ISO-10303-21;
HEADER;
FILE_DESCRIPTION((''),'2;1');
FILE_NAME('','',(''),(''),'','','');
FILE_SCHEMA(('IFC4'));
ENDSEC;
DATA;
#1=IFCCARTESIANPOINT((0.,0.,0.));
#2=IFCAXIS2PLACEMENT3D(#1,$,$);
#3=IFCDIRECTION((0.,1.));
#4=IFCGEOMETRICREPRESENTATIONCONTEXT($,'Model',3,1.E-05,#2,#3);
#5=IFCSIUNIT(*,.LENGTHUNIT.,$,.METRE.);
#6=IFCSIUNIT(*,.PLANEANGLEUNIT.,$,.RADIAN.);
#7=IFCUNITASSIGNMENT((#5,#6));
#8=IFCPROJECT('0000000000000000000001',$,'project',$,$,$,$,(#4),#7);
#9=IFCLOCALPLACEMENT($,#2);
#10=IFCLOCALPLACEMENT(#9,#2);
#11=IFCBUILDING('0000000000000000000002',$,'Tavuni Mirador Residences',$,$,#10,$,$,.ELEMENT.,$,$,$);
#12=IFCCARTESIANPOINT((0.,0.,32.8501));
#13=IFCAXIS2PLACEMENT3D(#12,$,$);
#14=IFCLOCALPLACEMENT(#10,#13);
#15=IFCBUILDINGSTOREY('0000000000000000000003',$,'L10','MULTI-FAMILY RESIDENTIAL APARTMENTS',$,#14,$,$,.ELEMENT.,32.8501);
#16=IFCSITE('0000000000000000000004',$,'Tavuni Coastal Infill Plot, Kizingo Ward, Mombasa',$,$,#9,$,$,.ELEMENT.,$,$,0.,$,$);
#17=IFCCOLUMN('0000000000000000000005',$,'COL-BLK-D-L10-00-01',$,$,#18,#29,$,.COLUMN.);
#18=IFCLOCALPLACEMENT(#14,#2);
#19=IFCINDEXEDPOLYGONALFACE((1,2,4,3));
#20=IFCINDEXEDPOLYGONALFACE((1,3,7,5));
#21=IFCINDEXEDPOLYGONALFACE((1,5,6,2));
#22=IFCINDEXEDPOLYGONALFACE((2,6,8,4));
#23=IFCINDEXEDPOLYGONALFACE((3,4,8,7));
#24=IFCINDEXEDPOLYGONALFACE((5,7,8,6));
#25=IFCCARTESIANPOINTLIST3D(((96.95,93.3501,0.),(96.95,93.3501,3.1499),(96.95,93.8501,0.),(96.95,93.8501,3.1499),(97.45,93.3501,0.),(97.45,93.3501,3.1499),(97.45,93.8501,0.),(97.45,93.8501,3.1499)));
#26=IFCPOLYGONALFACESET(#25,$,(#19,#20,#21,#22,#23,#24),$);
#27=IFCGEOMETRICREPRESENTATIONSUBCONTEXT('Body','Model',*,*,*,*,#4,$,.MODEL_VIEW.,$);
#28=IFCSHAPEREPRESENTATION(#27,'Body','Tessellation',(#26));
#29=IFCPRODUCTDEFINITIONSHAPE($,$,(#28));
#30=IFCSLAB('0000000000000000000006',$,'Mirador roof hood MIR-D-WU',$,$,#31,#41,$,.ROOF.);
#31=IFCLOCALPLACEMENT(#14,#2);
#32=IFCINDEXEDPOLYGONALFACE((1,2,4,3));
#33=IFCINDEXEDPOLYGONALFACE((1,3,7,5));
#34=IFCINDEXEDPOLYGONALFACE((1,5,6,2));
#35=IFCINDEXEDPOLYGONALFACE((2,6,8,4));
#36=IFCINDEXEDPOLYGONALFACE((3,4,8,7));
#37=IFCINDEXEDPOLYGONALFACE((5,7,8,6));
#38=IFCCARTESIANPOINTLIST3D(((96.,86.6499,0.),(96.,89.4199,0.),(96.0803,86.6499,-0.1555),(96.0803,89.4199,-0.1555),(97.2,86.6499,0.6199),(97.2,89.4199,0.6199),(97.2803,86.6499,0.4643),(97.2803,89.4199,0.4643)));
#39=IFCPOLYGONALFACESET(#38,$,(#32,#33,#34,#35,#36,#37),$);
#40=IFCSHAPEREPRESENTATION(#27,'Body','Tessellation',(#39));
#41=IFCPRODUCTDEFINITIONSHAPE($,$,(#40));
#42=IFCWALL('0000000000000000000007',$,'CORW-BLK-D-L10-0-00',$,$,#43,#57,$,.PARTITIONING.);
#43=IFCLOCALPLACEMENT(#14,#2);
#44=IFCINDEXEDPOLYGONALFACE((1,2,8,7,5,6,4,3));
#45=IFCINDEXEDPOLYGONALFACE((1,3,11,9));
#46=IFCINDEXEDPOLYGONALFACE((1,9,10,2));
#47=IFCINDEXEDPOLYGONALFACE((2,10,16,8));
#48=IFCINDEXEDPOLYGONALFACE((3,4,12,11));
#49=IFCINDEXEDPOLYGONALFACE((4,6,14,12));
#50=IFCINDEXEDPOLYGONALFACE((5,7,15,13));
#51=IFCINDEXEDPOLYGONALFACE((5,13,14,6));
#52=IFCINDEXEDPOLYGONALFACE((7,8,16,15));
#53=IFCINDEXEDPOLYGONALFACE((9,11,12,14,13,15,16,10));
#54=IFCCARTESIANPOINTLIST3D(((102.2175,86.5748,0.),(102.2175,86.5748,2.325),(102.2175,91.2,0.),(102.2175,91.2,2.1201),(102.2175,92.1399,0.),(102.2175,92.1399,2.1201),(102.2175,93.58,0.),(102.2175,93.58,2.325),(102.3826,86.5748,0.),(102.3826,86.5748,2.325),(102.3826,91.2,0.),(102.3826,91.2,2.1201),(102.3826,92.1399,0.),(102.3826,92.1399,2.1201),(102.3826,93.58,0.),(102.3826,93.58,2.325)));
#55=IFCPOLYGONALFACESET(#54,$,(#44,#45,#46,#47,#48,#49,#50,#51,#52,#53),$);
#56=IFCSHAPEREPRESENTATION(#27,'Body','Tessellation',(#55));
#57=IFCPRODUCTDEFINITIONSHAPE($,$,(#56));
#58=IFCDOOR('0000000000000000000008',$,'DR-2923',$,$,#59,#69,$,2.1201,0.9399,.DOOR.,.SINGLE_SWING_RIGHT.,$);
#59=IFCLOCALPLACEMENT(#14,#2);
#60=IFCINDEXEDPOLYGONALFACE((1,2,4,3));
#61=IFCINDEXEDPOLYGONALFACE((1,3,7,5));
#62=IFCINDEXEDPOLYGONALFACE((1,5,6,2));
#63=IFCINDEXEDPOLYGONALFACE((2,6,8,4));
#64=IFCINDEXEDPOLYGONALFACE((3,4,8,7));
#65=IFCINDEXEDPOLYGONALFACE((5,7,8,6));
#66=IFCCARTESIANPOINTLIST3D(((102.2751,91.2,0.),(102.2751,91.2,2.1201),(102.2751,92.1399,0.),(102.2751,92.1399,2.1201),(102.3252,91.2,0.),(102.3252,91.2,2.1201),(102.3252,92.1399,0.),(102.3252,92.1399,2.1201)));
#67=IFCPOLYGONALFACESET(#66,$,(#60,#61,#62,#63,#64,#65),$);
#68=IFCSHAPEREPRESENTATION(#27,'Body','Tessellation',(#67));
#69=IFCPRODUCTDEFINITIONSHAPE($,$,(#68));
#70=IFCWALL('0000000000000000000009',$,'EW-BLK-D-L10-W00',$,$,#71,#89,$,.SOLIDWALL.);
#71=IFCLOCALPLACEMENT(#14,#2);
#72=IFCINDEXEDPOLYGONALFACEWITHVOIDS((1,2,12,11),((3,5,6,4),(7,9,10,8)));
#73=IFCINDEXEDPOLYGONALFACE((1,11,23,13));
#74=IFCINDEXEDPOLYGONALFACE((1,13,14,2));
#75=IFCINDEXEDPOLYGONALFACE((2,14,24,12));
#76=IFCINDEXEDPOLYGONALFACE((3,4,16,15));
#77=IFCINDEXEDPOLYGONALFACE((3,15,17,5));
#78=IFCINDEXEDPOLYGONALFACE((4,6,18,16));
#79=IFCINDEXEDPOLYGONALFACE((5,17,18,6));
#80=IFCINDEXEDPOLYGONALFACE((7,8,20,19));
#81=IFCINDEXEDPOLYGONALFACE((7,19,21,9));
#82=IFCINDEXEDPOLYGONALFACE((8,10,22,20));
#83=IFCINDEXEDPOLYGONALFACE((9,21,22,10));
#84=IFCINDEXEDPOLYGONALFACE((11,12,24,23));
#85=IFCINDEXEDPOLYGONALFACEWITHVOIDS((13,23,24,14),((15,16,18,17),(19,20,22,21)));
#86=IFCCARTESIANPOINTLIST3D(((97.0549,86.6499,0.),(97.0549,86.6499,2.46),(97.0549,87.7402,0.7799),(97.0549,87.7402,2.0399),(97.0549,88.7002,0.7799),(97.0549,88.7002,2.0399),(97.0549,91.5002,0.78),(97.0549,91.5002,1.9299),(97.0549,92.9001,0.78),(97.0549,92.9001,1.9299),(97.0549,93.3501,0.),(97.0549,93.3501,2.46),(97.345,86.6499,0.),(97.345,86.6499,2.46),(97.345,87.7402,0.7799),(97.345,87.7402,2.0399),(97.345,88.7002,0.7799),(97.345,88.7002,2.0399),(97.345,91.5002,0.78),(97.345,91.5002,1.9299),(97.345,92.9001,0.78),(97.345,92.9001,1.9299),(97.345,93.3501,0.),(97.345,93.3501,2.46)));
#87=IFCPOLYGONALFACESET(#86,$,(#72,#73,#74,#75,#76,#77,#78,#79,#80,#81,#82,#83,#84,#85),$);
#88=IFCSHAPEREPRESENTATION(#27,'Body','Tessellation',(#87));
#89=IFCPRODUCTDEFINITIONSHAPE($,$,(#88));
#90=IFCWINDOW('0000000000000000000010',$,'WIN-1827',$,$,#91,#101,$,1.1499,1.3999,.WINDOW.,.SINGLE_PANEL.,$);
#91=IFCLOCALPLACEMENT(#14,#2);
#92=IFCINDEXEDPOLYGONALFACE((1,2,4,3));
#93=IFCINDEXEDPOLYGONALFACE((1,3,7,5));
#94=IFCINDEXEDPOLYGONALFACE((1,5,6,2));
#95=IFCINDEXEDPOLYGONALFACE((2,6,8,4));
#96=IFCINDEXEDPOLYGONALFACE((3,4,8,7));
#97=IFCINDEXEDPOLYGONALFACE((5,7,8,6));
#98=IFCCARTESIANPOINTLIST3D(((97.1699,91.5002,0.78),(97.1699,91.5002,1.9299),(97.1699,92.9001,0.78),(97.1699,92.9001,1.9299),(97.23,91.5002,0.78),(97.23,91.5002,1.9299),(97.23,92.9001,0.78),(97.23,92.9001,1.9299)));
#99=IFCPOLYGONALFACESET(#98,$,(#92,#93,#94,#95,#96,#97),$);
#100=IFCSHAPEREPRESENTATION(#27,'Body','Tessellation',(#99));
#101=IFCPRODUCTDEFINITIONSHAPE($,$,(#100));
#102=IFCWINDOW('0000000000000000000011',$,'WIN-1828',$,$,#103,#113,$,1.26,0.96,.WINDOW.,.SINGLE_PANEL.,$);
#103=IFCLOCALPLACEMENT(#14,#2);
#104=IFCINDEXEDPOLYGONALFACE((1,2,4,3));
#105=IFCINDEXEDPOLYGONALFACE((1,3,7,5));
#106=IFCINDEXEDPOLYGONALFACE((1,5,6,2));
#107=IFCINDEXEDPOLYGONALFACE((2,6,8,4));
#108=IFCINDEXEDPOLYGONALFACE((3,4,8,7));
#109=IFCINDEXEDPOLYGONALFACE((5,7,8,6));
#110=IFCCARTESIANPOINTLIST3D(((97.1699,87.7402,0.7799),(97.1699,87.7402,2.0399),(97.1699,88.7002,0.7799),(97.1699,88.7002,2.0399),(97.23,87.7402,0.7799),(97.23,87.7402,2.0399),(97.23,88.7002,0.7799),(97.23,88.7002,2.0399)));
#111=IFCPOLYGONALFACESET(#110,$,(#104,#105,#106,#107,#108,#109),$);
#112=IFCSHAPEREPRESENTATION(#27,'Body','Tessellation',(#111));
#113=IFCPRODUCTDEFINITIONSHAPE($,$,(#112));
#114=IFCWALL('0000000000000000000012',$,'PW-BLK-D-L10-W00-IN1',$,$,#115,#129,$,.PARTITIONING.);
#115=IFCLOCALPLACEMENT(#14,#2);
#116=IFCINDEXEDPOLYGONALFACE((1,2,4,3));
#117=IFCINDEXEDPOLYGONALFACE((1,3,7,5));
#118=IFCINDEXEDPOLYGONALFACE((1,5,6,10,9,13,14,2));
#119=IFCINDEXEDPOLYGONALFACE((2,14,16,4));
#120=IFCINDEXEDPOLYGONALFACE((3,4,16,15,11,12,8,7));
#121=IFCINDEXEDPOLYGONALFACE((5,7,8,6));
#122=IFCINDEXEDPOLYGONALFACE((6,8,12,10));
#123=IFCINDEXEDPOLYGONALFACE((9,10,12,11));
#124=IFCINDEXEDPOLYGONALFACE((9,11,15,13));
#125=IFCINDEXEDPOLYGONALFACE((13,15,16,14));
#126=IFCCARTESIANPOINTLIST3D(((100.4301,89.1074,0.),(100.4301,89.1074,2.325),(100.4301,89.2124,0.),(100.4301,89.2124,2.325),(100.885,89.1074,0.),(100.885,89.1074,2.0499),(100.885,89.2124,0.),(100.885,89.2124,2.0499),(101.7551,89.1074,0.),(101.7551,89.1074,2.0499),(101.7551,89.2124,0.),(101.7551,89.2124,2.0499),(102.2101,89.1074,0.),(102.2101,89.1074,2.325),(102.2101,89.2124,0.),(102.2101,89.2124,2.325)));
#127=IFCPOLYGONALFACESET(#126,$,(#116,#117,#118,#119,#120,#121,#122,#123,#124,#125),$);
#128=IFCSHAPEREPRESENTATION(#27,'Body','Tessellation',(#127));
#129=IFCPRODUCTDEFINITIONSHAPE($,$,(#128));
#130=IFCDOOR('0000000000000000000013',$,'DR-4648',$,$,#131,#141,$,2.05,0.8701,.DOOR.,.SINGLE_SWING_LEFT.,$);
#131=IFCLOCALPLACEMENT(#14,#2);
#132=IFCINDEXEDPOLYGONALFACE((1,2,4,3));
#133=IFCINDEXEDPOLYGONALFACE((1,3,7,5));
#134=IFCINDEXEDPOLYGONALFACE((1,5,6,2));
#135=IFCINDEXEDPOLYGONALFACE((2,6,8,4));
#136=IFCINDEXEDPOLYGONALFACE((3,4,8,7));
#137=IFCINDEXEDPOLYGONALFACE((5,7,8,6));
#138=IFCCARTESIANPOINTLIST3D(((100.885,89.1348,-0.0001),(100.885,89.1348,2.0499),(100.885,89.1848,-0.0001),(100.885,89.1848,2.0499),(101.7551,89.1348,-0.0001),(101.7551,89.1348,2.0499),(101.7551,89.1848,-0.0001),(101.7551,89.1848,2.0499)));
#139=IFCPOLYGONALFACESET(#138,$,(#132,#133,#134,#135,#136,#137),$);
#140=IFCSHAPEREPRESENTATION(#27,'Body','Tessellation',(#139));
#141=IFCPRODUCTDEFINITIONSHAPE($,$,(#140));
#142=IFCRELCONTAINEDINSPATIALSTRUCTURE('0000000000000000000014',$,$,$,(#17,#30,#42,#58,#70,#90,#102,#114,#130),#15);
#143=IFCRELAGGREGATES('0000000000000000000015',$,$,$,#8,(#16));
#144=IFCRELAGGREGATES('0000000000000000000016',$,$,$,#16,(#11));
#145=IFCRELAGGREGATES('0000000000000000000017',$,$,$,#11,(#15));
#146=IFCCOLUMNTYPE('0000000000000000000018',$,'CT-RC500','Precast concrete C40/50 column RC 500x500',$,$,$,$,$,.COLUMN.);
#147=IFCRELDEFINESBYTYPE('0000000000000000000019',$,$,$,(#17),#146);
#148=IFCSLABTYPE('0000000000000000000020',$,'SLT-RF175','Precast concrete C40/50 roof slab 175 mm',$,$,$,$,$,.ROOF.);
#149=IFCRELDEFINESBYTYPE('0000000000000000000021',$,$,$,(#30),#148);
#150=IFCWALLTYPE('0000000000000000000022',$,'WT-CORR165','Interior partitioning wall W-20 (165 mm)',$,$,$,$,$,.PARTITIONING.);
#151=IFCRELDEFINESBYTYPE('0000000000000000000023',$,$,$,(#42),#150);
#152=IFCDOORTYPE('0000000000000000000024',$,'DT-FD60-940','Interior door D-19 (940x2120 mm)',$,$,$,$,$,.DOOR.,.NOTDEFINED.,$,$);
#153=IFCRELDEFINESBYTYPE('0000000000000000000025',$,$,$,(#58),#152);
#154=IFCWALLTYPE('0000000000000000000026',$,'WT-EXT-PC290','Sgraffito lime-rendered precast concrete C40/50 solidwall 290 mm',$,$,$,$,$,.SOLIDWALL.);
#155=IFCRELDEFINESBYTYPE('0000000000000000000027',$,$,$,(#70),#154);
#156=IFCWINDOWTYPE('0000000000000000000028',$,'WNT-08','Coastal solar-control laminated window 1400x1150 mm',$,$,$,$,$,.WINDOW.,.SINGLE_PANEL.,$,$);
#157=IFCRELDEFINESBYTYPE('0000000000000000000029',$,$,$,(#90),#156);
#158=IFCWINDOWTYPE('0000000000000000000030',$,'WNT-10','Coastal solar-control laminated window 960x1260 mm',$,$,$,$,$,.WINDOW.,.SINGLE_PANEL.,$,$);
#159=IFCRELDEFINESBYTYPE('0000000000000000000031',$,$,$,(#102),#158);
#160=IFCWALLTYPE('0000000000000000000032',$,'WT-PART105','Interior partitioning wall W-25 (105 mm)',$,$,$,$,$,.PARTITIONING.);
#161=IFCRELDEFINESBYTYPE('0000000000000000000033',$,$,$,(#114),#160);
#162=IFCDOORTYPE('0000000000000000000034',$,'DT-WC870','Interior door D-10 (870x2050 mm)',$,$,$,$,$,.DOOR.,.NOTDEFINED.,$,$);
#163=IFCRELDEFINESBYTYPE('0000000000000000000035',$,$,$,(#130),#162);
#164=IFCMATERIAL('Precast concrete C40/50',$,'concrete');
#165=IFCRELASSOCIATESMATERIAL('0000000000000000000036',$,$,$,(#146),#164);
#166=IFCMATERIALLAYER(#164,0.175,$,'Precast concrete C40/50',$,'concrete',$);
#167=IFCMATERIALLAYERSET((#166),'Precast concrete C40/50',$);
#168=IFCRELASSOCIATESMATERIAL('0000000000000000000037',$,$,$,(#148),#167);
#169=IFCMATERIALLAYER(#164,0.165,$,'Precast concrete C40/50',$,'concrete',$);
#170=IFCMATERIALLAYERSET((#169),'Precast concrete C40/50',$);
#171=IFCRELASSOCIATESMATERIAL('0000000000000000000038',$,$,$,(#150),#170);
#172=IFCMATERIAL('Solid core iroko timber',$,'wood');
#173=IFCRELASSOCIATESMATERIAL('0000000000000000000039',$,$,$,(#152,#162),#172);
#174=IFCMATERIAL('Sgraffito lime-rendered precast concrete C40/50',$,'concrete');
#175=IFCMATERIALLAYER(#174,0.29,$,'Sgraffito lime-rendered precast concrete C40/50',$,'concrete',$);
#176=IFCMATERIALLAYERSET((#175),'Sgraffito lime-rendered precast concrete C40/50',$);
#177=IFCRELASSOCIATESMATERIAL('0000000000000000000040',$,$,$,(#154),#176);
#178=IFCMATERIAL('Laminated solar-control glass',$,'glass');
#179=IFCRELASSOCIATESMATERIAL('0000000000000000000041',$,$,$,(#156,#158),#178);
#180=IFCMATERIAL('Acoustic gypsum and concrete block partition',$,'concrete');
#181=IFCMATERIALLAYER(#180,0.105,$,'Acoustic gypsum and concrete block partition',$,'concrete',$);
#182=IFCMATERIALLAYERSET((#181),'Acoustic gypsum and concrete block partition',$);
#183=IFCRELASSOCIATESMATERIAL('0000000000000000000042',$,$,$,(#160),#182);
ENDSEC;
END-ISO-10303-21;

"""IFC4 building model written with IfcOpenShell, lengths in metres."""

from ifc_helpers import new_model, si_unit, direction, frame, frame_2d, origin, origin_2d, place, context, subcontext, project, spatial, polyline, rectangle, outline, extrude, material, layer, layer_set, material_profile, profile_set, type_object, element, fill, save


model = new_model("IFC4")

# Units and contexts
model_context = context("Model", 3, precision=1e-05, world=origin(), true_north=direction((0.0, 1.0)))
body_context = subcontext(model_context, "Body", "Model", "MODEL_VIEW")
ifc_project = project(units=[si_unit("LENGTHUNIT", "METRE"), si_unit("PLANEANGLEUNIT", "RADIAN")], contexts=[model_context])

# Site, building, storey
site_placement = place(None, origin())
site = spatial("IfcSite", under=ifc_project, at=site_placement, Name="Tavuni Coastal Infill Plot, Kizingo Ward, Mombasa", CompositionType="ELEMENT", RefElevation=0.0)
building_placement = place(site_placement, origin())
building = spatial("IfcBuilding", under=site, at=building_placement, Name="Tavuni Mirador Residences", CompositionType="ELEMENT")
storey_placement = place(building_placement, frame((0.0, 0.0, 32.8501)))
storey = spatial("IfcBuildingStorey", under=building, at=storey_placement, Name="L10", Description="MULTI-FAMILY RESIDENTIAL APARTMENTS", CompositionType="ELEMENT", Elevation=32.8501)

# Column
ifc_material_1 = material(Name="Precast concrete C40/50", Category="concrete")
ifc_material_profile = material_profile(ifc_material_1, rectangle(XDim=0.5, YDim=0.5, at=origin_2d()), Name="RC 500x500", Category="concrete")
ifc_profile_set = profile_set([ifc_material_profile], Name="Precast concrete C40/50")
column_type = type_object("IfcColumnType", Name="CT-RC500", Description="Precast concrete C40/50 column RC 500x500", PredefinedType="COLUMN", material=ifc_profile_set)
column_placement = place(storey_placement, frame((97.2, 93.6001, 0.0), z_axis=(0.0, 0.0, 1.0), x_axis=(1.0, 0.0, 0.0)))
element("IfcColumn", 1, at=column_placement, inside=storey, type_object=column_type, Name="COL-BLK-D-L10-00-01", PredefinedType="COLUMN", context=body_context, shape_type="SweptSolid", body=[
    extrude(rectangle(XDim=0.5, YDim=0.5, at=origin_2d()), origin(), (0.0, 0.0, 1.0), 3.1499),
])

# Slab
ifc_layer_1 = layer(ifc_material_1, 0.175, Name="Precast concrete C40/50", Category="concrete")
ifc_layer_set_1 = layer_set([ifc_layer_1], Name="Precast concrete C40/50")
slab_type = type_object("IfcSlabType", Name="SLT-RF175", Description="Precast concrete C40/50 roof slab 175 mm", PredefinedType="ROOF", material=ifc_layer_set_1)
slab_placement = place(storey_placement, frame((97.2, 86.6499, 0.6199), z_axis=(-0.458961, 0.0, 0.888457), x_axis=(0.0, 1.0, 0.0)))
element("IfcSlab", 2, at=slab_placement, inside=storey, type_object=slab_type, Name="Mirador roof hood MIR-D-WU", PredefinedType="ROOF", context=body_context, shape_type="SweptSolid", body=[
    extrude(outline(polyline([(0.0, 0.0), (2.77, 0.0), (2.77, 1.3506), (0.0, 1.3506), (0.0, 0.0)])), origin(), (0.0, 0.0, -1.0), 0.175),
])

# Wall, opening, door
ifc_layer_2 = layer(ifc_material_1, 0.165, Name="Precast concrete C40/50", Category="concrete")
ifc_layer_set_2 = layer_set([ifc_layer_2], Name="Precast concrete C40/50")
wall_type_1 = type_object("IfcWallType", Name="WT-CORR165", Description="Interior partitioning wall W-20 (165 mm)", PredefinedType="PARTITIONING", material=ifc_layer_set_2)
wall_1_placement = place(storey_placement, frame((102.3, 86.575, 0.0), z_axis=(0.0, 0.0, 1.0), x_axis=(0.0, 1.0, 0.0)))
wall_1 = element("IfcWall", 3, at=wall_1_placement, inside=storey, type_object=wall_type_1, Name="CORW-BLK-D-L10-0-00", PredefinedType="PARTITIONING", context=body_context, shape_type="SweptSolid", body=[
    extrude(rectangle(XDim=7.0051, YDim=0.165, at=frame_2d((3.5024, 0.0))), origin(), (0.0, 0.0, 1.0), 2.325),
])
opening_1_placement = place(wall_1_placement, frame((4.625, 0.0, 0.0)))
opening_1 = element("IfcOpeningElement", 4, at=opening_1_placement, cuts=wall_1, PredefinedType="OPENING", context=body_context, shape_type="SweptSolid", body=[
    extrude(rectangle(XDim=0.9399, YDim=2.1201, at=frame_2d((0.47, 1.0601))), frame((0.0, 0.0925, 0.0), z_axis=(0.0, -1.0, 0.0), x_axis=(1.0, 0.0, 0.0)), (0.0, 0.0, 1.0), 0.1851),
])
ifc_material_2 = material(Name="Solid core iroko timber", Category="wood")
door_type_1 = type_object("IfcDoorType", Name="DT-FD60-940", Description="Interior door D-19 (940x2120 mm)", OperationType="NOTDEFINED", PredefinedType="DOOR", material=ifc_material_2)
door_1_placement = place(opening_1_placement, origin())
door_1 = element("IfcDoor", 5, at=door_1_placement, inside=storey, type_object=door_type_1, Name="DR-2923", OperationType="SINGLE_SWING_RIGHT", OverallHeight=2.1201, OverallWidth=0.9399, PredefinedType="DOOR", context=body_context, shape_type="SweptSolid", body=[
    extrude(rectangle(XDim=0.9399, YDim=2.1201, at=frame_2d((0.47, 1.0601))), frame((0.0, 0.0249, 0.0), z_axis=(0.0, -1.0, 0.0), x_axis=(1.0, 0.0, 0.0)), (0.0, 0.0, 1.0), 0.05),
])
fill(opening_1, door_1)

# Wall, openings, windows
ifc_material_3 = material(Name="Sgraffito lime-rendered precast concrete C40/50", Category="concrete")
ifc_layer_3 = layer(ifc_material_3, 0.29, Name="Sgraffito lime-rendered precast concrete C40/50", Category="concrete")
ifc_layer_set_3 = layer_set([ifc_layer_3], Name="Sgraffito lime-rendered precast concrete C40/50")
wall_type_2 = type_object("IfcWallType", Name="WT-EXT-PC290", Description="Sgraffito lime-rendered precast concrete C40/50 solidwall 290 mm", PredefinedType="SOLIDWALL", material=ifc_layer_set_3)
wall_2_placement = place(storey_placement, frame((97.2, 93.3501, 0.0), z_axis=(0.0, 0.0, 1.0), x_axis=(0.0, -1.0, 0.0)))
wall_2 = element("IfcWall", 6, at=wall_2_placement, inside=storey, type_object=wall_type_2, Name="EW-BLK-D-L10-W00", PredefinedType="SOLIDWALL", context=body_context, shape_type="SweptSolid", body=[
    extrude(rectangle(XDim=6.7002, YDim=0.29, at=frame_2d((3.3501, 0.0))), origin(), (0.0, 0.0, 1.0), 2.46),
])
opening_2_placement = place(wall_2_placement, frame((0.45, 0.0, 0.78)))
opening_2 = element("IfcOpeningElement", 7, at=opening_2_placement, cuts=wall_2, PredefinedType="OPENING", context=body_context, shape_type="SweptSolid", body=[
    extrude(rectangle(XDim=1.3999, YDim=1.1499, at=frame_2d((0.7, 0.575))), frame((0.0, 0.155, 0.0), z_axis=(0.0, -1.0, 0.0), x_axis=(1.0, 0.0, 0.0)), (0.0, 0.0, 1.0), 0.3101),
])
opening_3_placement = place(wall_2_placement, frame((4.6499, 0.0, 0.78)))
opening_3 = element("IfcOpeningElement", 8, at=opening_3_placement, cuts=wall_2, PredefinedType="OPENING", context=body_context, shape_type="SweptSolid", body=[
    extrude(rectangle(XDim=0.96, YDim=1.26, at=frame_2d((0.48, 0.6299))), frame((0.0, 0.155, 0.0), z_axis=(0.0, -1.0, 0.0), x_axis=(1.0, 0.0, 0.0)), (0.0, 0.0, 1.0), 0.3101),
])
ifc_material_4 = material(Name="Laminated solar-control glass", Category="glass")
window_type_1 = type_object("IfcWindowType", Name="WNT-08", Description="Coastal solar-control laminated window 1400x1150 mm", PartitioningType="SINGLE_PANEL", PredefinedType="WINDOW", material=ifc_material_4)
window_1_placement = place(opening_2_placement, origin())
window_1 = element("IfcWindow", 9, at=window_1_placement, inside=storey, type_object=window_type_1, Name="WIN-1827", OverallHeight=1.1499, OverallWidth=1.3999, PartitioningType="SINGLE_PANEL", PredefinedType="WINDOW", context=body_context, shape_type="SweptSolid", body=[
    extrude(rectangle(XDim=1.3999, YDim=1.1499, at=frame_2d((0.7, 0.575))), frame((0.0, 0.03, 0.0), z_axis=(0.0, -1.0, 0.0), x_axis=(1.0, 0.0, 0.0)), (0.0, 0.0, 1.0), 0.0601),
])
fill(opening_2, window_1)
window_type_2 = type_object("IfcWindowType", Name="WNT-10", Description="Coastal solar-control laminated window 960x1260 mm", PartitioningType="SINGLE_PANEL", PredefinedType="WINDOW", material=ifc_material_4)
window_2_placement = place(opening_3_placement, origin())
window_2 = element("IfcWindow", 10, at=window_2_placement, inside=storey, type_object=window_type_2, Name="WIN-1828", OverallHeight=1.26, OverallWidth=0.96, PartitioningType="SINGLE_PANEL", PredefinedType="WINDOW", context=body_context, shape_type="SweptSolid", body=[
    extrude(rectangle(XDim=0.96, YDim=1.26, at=frame_2d((0.48, 0.6299))), frame((0.0, 0.03, 0.0), z_axis=(0.0, -1.0, 0.0), x_axis=(1.0, 0.0, 0.0)), (0.0, 0.0, 1.0), 0.0601),
])
fill(opening_3, window_2)

# Wall, opening, door
ifc_material_5 = material(Name="Acoustic gypsum and concrete block partition", Category="concrete")
ifc_layer_4 = layer(ifc_material_5, 0.105, Name="Acoustic gypsum and concrete block partition", Category="concrete")
ifc_layer_set_4 = layer_set([ifc_layer_4], Name="Acoustic gypsum and concrete block partition")
wall_type_3 = type_object("IfcWallType", Name="WT-PART105", Description="Interior partitioning wall W-25 (105 mm)", PredefinedType="PARTITIONING", material=ifc_layer_set_4)
wall_3_placement = place(storey_placement, frame((100.4299, 89.1599, 0.0), z_axis=(0.0, 0.0, 1.0), x_axis=(1.0, 0.0, 0.0)))
wall_3 = element("IfcWall", 11, at=wall_3_placement, inside=storey, type_object=wall_type_3, Name="PW-BLK-D-L10-W00-IN1", PredefinedType="PARTITIONING", context=body_context, shape_type="SweptSolid", body=[
    extrude(rectangle(XDim=1.78, YDim=0.105, at=frame_2d((0.8901, 0.0))), origin(), (0.0, 0.0, 1.0), 2.325),
])
opening_4_placement = place(wall_3_placement, frame((0.4551, 0.0, 0.0)))
opening_4 = element("IfcOpeningElement", 12, at=opening_4_placement, cuts=wall_3, PredefinedType="OPENING", context=body_context, shape_type="SweptSolid", body=[
    extrude(rectangle(XDim=0.8701, YDim=2.05, at=frame_2d((0.4351, 1.0249))), frame((0.0, 0.0625, 0.0), z_axis=(0.0, -1.0, 0.0), x_axis=(1.0, 0.0, 0.0)), (0.0, 0.0, 1.0), 0.125),
])
door_type_2 = type_object("IfcDoorType", Name="DT-WC870", Description="Interior door D-10 (870x2050 mm)", OperationType="NOTDEFINED", PredefinedType="DOOR", material=ifc_material_2)
door_2_placement = place(opening_4_placement, origin())
door_2 = element("IfcDoor", 13, at=door_2_placement, inside=storey, type_object=door_type_2, Name="DR-4648", OperationType="SINGLE_SWING_LEFT", OverallHeight=2.05, OverallWidth=0.8701, PredefinedType="DOOR", context=body_context, shape_type="SweptSolid", body=[
    extrude(rectangle(XDim=0.8701, YDim=2.05, at=frame_2d((0.4351, 1.0249))), frame((0.0, 0.0249, 0.0), z_axis=(0.0, -1.0, 0.0), x_axis=(1.0, 0.0, 0.0)), (0.0, 0.0, 1.0), 0.05),
])
fill(opening_4, door_2)

save(model, "model.ifc")
